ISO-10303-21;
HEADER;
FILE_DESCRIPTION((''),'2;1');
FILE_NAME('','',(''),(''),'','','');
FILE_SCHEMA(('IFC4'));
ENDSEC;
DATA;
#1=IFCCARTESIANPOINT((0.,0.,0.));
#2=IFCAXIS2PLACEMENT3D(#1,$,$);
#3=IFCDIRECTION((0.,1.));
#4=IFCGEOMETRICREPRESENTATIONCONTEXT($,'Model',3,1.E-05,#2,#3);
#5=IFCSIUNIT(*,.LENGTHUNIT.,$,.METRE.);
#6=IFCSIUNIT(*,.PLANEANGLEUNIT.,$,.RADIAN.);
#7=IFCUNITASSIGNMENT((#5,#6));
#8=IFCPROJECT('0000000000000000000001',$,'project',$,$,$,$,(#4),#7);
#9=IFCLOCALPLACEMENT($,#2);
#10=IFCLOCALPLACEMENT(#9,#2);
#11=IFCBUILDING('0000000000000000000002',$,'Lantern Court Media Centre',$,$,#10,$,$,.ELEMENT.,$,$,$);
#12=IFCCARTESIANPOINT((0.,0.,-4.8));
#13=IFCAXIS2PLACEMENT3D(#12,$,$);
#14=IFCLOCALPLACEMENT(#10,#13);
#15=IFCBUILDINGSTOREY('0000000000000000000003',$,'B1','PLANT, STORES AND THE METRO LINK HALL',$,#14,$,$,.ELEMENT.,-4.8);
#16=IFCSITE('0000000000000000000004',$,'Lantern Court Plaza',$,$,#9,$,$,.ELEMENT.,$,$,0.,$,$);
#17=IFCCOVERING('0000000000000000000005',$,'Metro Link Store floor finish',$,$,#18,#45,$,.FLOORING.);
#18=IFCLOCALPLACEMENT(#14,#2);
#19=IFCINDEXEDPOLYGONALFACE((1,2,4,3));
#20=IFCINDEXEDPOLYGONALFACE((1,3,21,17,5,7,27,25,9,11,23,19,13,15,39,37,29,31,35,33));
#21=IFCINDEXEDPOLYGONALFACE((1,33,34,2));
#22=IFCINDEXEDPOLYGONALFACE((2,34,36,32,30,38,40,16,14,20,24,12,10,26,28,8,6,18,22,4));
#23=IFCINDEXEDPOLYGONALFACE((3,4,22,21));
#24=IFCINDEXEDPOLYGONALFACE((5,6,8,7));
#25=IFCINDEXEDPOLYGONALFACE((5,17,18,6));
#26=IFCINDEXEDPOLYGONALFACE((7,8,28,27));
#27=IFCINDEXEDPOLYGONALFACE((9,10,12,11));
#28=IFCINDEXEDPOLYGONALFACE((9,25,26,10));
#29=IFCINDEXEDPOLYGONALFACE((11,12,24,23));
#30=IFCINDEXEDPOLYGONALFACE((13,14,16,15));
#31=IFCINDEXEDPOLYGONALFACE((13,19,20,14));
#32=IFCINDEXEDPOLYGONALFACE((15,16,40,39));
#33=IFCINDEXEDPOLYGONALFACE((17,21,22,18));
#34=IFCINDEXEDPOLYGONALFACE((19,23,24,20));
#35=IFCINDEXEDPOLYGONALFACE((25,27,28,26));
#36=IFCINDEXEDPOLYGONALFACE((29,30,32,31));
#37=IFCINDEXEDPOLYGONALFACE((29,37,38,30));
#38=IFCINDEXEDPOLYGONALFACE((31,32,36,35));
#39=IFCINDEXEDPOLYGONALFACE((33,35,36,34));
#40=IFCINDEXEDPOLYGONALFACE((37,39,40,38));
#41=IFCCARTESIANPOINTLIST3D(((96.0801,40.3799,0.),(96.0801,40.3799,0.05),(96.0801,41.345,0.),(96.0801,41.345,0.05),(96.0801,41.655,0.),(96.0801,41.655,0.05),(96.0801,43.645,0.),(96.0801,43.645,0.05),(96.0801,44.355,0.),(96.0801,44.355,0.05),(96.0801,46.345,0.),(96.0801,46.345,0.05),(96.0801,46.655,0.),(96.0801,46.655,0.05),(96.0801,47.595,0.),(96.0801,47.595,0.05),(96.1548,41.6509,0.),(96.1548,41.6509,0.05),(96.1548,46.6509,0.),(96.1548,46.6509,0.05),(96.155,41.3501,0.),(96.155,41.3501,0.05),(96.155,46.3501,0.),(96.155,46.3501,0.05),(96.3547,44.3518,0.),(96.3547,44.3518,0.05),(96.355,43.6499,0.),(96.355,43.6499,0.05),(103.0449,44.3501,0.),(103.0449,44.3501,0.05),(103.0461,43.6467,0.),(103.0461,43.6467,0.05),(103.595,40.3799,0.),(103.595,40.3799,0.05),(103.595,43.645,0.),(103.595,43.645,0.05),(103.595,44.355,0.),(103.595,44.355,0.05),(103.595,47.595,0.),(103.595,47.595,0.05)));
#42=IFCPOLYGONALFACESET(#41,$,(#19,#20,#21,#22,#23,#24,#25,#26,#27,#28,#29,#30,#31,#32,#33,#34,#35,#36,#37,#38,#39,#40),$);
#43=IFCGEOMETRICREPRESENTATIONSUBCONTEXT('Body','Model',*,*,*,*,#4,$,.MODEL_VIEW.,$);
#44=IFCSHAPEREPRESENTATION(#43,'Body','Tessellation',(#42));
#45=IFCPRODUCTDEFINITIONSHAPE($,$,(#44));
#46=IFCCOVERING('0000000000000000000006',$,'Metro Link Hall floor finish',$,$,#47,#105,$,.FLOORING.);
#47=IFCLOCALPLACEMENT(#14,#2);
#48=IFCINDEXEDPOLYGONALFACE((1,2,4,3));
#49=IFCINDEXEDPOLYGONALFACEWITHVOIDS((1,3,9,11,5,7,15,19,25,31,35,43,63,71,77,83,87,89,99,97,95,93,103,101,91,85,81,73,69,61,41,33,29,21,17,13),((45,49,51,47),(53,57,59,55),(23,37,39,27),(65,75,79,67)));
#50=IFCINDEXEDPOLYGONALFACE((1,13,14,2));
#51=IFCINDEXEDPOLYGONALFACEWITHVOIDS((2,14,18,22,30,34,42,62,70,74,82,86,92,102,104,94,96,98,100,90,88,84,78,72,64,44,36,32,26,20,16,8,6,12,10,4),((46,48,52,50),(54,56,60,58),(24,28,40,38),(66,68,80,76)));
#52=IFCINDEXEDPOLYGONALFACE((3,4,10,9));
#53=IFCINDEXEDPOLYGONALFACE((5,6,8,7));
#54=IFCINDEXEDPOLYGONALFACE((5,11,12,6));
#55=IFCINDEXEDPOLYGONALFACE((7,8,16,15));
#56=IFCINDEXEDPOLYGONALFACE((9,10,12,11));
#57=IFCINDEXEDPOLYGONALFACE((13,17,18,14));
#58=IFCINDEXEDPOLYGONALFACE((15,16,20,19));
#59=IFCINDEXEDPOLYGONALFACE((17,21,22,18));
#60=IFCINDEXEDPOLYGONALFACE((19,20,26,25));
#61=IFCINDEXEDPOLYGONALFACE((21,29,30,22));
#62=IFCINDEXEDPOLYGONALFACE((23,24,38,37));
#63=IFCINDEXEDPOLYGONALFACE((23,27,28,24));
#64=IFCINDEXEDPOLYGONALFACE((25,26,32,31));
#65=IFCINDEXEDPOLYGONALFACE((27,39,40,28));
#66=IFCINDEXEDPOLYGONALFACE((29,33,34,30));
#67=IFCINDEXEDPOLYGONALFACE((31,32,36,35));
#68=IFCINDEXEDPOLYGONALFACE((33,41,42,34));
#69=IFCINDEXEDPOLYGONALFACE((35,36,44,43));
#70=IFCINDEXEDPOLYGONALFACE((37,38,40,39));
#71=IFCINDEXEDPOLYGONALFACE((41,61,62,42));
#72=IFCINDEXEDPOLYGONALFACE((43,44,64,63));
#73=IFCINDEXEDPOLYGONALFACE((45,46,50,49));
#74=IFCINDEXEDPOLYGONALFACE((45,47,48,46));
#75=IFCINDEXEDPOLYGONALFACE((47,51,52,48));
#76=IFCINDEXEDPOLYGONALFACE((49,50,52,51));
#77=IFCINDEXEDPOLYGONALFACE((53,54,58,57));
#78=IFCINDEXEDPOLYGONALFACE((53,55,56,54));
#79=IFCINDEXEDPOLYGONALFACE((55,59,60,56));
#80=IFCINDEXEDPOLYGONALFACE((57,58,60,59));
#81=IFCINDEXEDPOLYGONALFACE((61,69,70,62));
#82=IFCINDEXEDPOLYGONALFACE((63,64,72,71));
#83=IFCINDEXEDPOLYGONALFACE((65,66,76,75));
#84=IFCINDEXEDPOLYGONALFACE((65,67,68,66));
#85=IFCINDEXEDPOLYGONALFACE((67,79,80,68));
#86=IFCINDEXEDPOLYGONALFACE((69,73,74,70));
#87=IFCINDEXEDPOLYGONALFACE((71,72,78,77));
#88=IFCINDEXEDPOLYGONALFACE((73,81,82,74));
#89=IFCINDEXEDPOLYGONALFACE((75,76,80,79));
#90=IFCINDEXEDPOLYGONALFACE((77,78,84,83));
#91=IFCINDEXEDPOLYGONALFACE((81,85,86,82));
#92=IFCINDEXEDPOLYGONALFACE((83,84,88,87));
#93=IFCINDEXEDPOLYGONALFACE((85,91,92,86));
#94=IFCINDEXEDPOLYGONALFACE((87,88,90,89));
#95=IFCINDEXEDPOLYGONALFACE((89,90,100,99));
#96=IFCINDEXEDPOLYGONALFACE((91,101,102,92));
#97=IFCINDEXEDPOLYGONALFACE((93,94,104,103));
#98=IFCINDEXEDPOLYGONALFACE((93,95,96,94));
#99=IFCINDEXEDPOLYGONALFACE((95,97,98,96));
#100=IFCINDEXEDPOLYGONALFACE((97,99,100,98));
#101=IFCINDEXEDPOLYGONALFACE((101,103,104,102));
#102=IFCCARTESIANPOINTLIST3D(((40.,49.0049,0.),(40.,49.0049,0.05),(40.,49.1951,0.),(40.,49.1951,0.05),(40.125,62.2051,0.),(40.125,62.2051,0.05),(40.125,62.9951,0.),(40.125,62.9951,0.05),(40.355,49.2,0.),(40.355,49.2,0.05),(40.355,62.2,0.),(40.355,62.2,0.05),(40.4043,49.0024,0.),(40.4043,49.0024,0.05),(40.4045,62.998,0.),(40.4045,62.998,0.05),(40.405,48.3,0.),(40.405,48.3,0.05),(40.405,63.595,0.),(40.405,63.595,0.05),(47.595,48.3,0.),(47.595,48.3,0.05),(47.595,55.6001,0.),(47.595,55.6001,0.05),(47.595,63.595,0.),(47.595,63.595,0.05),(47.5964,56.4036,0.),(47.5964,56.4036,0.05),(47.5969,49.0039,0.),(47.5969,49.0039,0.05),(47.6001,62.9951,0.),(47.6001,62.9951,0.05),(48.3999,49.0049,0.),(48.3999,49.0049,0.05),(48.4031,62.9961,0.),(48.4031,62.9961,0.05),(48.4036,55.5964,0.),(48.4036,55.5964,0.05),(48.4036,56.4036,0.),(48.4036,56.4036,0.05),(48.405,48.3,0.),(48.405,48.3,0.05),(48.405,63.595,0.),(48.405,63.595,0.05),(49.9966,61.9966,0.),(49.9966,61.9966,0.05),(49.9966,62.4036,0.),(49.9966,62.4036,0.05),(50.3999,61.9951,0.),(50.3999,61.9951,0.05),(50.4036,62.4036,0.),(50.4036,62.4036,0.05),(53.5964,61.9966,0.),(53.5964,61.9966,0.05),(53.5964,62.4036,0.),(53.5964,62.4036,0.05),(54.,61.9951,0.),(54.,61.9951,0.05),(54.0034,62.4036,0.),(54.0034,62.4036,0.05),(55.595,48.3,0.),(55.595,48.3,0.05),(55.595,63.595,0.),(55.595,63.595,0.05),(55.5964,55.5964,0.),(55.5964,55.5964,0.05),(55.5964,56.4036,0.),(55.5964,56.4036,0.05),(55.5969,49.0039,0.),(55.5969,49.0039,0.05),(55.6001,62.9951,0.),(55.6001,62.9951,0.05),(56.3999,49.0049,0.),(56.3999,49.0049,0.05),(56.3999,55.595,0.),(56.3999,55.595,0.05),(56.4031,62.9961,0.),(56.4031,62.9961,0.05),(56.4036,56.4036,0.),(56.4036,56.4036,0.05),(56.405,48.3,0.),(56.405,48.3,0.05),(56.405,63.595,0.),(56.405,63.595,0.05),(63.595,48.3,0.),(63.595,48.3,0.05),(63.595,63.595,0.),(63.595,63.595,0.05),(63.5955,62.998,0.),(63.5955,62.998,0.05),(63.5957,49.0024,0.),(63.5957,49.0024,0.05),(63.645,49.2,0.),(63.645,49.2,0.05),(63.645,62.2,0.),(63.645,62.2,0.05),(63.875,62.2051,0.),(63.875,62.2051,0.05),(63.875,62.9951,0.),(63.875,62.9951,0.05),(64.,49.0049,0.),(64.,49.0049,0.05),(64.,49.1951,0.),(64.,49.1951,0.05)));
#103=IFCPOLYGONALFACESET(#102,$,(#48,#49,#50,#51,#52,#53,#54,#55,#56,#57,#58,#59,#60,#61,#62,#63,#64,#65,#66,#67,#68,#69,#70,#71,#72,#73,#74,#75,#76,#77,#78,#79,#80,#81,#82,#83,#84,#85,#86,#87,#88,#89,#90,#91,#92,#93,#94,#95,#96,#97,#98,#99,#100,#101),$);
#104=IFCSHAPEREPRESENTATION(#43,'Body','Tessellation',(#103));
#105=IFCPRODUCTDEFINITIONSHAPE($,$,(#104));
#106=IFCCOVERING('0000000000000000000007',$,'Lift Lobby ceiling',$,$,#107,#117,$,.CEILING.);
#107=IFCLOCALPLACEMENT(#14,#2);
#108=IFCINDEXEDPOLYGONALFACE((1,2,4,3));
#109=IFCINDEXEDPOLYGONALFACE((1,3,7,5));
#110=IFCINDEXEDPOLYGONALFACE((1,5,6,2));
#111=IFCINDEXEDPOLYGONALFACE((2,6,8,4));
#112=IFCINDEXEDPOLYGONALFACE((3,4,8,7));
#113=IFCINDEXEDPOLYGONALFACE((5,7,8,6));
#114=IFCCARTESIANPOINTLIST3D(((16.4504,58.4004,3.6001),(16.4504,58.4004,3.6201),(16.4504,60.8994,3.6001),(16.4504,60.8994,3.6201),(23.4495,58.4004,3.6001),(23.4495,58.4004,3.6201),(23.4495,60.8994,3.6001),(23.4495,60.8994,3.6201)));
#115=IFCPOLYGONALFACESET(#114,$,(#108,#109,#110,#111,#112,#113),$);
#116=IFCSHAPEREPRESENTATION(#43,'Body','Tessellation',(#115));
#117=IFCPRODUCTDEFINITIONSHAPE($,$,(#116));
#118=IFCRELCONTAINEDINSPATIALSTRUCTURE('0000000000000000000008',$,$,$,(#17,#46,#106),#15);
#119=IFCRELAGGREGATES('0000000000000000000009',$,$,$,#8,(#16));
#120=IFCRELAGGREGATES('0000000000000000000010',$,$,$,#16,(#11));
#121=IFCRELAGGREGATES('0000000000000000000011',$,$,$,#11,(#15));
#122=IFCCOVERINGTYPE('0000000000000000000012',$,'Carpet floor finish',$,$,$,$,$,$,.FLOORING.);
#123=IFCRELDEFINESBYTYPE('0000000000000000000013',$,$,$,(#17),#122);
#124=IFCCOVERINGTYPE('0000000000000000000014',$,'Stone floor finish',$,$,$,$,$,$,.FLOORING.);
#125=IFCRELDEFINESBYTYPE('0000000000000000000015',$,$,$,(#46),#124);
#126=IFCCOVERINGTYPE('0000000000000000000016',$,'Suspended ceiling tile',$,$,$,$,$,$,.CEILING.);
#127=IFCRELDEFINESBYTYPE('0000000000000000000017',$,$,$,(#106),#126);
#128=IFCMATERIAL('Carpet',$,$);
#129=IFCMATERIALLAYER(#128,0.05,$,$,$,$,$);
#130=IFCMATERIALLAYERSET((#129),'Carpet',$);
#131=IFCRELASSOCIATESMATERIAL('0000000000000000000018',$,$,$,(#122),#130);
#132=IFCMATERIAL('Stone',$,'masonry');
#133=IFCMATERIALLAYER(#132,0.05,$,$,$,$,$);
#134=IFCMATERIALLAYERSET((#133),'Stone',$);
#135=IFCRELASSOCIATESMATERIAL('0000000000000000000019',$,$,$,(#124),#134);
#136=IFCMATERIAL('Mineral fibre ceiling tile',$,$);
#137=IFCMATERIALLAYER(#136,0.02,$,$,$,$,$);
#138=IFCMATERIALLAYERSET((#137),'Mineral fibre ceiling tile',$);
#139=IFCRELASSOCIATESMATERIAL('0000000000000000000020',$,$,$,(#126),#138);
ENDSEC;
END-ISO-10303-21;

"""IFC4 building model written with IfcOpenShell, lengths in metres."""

from ifc_helpers import new_model, si_unit, direction, frame, origin, place, context, subcontext, project, spatial, polyline, outline, extrude, material, layer, layer_set, type_object, element, save


model = new_model("IFC4")

# Units and contexts
model_context = context("Model", 3, precision=1e-05, world=origin(), true_north=direction((0.0, 1.0)))
body_context = subcontext(model_context, "Body", "Model", "MODEL_VIEW")
ifc_project = project(units=[si_unit("LENGTHUNIT", "METRE"), si_unit("PLANEANGLEUNIT", "RADIAN")], contexts=[model_context])

# Site, building, storey
site_placement = place(None, origin())
site = spatial("IfcSite", under=ifc_project, at=site_placement, Name="Lantern Court Plaza", CompositionType="ELEMENT", RefElevation=0.0)
building_placement = place(site_placement, origin())
building = spatial("IfcBuilding", under=site, at=building_placement, Name="Lantern Court Media Centre", CompositionType="ELEMENT")
storey_placement = place(building_placement, frame((0.0, 0.0, -4.8)))
storey = spatial("IfcBuildingStorey", under=building, at=storey_placement, Name="B1", Description="PLANT, STORES AND THE METRO LINK HALL", CompositionType="ELEMENT", Elevation=-4.8)

# Coverings
ifc_material_1 = material(Name="Carpet")
ifc_layer_1 = layer(ifc_material_1, 0.05)
ifc_layer_set_1 = layer_set([ifc_layer_1], Name="Carpet")
covering_type_1 = type_object("IfcCoveringType", Name="Carpet floor finish", PredefinedType="FLOORING", material=ifc_layer_set_1)
covering_1_placement = place(storey_placement, origin())
element("IfcCovering", 1, at=covering_1_placement, inside=storey, type_object=covering_type_1, Name="Metro Link Store floor finish", PredefinedType="FLOORING", context=body_context, shape_type="SweptSolid", body=[
    extrude(outline(polyline([(96.0801, 47.595), (103.595, 47.595), (103.595, 44.355), (103.0449, 44.3501), (103.0461, 43.6467), (103.595, 43.645), (103.595, 40.3799), (96.0801, 40.3799), (96.0801, 41.345), (96.155, 41.3501), (96.1548, 41.6509), (96.0801, 41.655), (96.0801, 43.645), (96.355, 43.6499), (96.3547, 44.3518), (96.0801, 44.355), (96.0801, 46.345), (96.155, 46.3501), (96.1548, 46.6509), (96.0801, 46.655), (96.0801, 47.595)])), origin(), (0.0, 0.0, 1.0), 0.05),
])
ifc_material_2 = material(Name="Stone", Category="masonry")
ifc_layer_2 = layer(ifc_material_2, 0.05)
ifc_layer_set_2 = layer_set([ifc_layer_2], Name="Stone")
covering_type_2 = type_object("IfcCoveringType", Name="Stone floor finish", PredefinedType="FLOORING", material=ifc_layer_set_2)
covering_2_placement = place(storey_placement, origin())
element("IfcCovering", 2, at=covering_2_placement, inside=storey, type_object=covering_type_2, Name="Metro Link Hall floor finish", PredefinedType="FLOORING", context=body_context, shape_type="SweptSolid", body=[
    extrude(outline(polyline([(64.0, 49.0049), (63.5957, 49.0024), (63.595, 48.3), (56.405, 48.3), (56.3999, 49.0049), (55.5969, 49.0039), (55.595, 48.3), (48.405, 48.3), (48.3999, 49.0049), (47.5969, 49.0039), (47.595, 48.3), (40.405, 48.3), (40.4043, 49.0024), (40.0, 49.0049), (40.0, 49.1951), (40.355, 49.2), (40.355, 62.2), (40.125, 62.2051), (40.125, 62.9951), (40.4045, 62.998), (40.405, 63.595), (47.595, 63.595), (47.6001, 62.9951), (48.4031, 62.9961), (48.405, 63.595), (55.595, 63.595), (55.6001, 62.9951), (56.4031, 62.9961), (56.405, 63.595), (63.595, 63.595), (63.5955, 62.998), (63.875, 62.9951), (63.875, 62.2051), (63.645, 62.2), (63.645, 49.2), (64.0, 49.1951), (64.0, 49.0049)]), holes=[polyline([(56.3999, 55.595), (56.4036, 56.4036), (55.5964, 56.4036), (55.5964, 55.5964), (56.3999, 55.595)]), polyline([(54.0, 61.9951), (54.0034, 62.4036), (53.5964, 62.4036), (53.5964, 61.9966), (54.0, 61.9951)]), polyline([(50.3999, 61.9951), (50.4036, 62.4036), (49.9966, 62.4036), (49.9966, 61.9966), (50.3999, 61.9951)]), polyline([(47.595, 55.6001), (48.4036, 55.5964), (48.4036, 56.4036), (47.5964, 56.4036), (47.595, 55.6001)])]), origin(), (0.0, 0.0, 1.0), 0.05),
])
ifc_material_3 = material(Name="Mineral fibre ceiling tile")
ifc_layer_3 = layer(ifc_material_3, 0.02)
ifc_layer_set_3 = layer_set([ifc_layer_3], Name="Mineral fibre ceiling tile")
covering_type_3 = type_object("IfcCoveringType", Name="Suspended ceiling tile", PredefinedType="CEILING", material=ifc_layer_set_3)
covering_3_placement = place(storey_placement, frame((0.0, 0.0, 3.6001)))
element("IfcCovering", 3, at=covering_3_placement, inside=storey, type_object=covering_type_3, Name="Lift Lobby ceiling", PredefinedType="CEILING", context=body_context, shape_type="SweptSolid", body=[
    extrude(outline(polyline([(23.4495, 60.8994), (23.4495, 58.4004), (16.4504, 58.4004), (16.4504, 60.8994), (23.4495, 60.8994)])), origin(), (0.0, 0.0, 1.0), 0.02),
])

save(model, "model.ifc")
